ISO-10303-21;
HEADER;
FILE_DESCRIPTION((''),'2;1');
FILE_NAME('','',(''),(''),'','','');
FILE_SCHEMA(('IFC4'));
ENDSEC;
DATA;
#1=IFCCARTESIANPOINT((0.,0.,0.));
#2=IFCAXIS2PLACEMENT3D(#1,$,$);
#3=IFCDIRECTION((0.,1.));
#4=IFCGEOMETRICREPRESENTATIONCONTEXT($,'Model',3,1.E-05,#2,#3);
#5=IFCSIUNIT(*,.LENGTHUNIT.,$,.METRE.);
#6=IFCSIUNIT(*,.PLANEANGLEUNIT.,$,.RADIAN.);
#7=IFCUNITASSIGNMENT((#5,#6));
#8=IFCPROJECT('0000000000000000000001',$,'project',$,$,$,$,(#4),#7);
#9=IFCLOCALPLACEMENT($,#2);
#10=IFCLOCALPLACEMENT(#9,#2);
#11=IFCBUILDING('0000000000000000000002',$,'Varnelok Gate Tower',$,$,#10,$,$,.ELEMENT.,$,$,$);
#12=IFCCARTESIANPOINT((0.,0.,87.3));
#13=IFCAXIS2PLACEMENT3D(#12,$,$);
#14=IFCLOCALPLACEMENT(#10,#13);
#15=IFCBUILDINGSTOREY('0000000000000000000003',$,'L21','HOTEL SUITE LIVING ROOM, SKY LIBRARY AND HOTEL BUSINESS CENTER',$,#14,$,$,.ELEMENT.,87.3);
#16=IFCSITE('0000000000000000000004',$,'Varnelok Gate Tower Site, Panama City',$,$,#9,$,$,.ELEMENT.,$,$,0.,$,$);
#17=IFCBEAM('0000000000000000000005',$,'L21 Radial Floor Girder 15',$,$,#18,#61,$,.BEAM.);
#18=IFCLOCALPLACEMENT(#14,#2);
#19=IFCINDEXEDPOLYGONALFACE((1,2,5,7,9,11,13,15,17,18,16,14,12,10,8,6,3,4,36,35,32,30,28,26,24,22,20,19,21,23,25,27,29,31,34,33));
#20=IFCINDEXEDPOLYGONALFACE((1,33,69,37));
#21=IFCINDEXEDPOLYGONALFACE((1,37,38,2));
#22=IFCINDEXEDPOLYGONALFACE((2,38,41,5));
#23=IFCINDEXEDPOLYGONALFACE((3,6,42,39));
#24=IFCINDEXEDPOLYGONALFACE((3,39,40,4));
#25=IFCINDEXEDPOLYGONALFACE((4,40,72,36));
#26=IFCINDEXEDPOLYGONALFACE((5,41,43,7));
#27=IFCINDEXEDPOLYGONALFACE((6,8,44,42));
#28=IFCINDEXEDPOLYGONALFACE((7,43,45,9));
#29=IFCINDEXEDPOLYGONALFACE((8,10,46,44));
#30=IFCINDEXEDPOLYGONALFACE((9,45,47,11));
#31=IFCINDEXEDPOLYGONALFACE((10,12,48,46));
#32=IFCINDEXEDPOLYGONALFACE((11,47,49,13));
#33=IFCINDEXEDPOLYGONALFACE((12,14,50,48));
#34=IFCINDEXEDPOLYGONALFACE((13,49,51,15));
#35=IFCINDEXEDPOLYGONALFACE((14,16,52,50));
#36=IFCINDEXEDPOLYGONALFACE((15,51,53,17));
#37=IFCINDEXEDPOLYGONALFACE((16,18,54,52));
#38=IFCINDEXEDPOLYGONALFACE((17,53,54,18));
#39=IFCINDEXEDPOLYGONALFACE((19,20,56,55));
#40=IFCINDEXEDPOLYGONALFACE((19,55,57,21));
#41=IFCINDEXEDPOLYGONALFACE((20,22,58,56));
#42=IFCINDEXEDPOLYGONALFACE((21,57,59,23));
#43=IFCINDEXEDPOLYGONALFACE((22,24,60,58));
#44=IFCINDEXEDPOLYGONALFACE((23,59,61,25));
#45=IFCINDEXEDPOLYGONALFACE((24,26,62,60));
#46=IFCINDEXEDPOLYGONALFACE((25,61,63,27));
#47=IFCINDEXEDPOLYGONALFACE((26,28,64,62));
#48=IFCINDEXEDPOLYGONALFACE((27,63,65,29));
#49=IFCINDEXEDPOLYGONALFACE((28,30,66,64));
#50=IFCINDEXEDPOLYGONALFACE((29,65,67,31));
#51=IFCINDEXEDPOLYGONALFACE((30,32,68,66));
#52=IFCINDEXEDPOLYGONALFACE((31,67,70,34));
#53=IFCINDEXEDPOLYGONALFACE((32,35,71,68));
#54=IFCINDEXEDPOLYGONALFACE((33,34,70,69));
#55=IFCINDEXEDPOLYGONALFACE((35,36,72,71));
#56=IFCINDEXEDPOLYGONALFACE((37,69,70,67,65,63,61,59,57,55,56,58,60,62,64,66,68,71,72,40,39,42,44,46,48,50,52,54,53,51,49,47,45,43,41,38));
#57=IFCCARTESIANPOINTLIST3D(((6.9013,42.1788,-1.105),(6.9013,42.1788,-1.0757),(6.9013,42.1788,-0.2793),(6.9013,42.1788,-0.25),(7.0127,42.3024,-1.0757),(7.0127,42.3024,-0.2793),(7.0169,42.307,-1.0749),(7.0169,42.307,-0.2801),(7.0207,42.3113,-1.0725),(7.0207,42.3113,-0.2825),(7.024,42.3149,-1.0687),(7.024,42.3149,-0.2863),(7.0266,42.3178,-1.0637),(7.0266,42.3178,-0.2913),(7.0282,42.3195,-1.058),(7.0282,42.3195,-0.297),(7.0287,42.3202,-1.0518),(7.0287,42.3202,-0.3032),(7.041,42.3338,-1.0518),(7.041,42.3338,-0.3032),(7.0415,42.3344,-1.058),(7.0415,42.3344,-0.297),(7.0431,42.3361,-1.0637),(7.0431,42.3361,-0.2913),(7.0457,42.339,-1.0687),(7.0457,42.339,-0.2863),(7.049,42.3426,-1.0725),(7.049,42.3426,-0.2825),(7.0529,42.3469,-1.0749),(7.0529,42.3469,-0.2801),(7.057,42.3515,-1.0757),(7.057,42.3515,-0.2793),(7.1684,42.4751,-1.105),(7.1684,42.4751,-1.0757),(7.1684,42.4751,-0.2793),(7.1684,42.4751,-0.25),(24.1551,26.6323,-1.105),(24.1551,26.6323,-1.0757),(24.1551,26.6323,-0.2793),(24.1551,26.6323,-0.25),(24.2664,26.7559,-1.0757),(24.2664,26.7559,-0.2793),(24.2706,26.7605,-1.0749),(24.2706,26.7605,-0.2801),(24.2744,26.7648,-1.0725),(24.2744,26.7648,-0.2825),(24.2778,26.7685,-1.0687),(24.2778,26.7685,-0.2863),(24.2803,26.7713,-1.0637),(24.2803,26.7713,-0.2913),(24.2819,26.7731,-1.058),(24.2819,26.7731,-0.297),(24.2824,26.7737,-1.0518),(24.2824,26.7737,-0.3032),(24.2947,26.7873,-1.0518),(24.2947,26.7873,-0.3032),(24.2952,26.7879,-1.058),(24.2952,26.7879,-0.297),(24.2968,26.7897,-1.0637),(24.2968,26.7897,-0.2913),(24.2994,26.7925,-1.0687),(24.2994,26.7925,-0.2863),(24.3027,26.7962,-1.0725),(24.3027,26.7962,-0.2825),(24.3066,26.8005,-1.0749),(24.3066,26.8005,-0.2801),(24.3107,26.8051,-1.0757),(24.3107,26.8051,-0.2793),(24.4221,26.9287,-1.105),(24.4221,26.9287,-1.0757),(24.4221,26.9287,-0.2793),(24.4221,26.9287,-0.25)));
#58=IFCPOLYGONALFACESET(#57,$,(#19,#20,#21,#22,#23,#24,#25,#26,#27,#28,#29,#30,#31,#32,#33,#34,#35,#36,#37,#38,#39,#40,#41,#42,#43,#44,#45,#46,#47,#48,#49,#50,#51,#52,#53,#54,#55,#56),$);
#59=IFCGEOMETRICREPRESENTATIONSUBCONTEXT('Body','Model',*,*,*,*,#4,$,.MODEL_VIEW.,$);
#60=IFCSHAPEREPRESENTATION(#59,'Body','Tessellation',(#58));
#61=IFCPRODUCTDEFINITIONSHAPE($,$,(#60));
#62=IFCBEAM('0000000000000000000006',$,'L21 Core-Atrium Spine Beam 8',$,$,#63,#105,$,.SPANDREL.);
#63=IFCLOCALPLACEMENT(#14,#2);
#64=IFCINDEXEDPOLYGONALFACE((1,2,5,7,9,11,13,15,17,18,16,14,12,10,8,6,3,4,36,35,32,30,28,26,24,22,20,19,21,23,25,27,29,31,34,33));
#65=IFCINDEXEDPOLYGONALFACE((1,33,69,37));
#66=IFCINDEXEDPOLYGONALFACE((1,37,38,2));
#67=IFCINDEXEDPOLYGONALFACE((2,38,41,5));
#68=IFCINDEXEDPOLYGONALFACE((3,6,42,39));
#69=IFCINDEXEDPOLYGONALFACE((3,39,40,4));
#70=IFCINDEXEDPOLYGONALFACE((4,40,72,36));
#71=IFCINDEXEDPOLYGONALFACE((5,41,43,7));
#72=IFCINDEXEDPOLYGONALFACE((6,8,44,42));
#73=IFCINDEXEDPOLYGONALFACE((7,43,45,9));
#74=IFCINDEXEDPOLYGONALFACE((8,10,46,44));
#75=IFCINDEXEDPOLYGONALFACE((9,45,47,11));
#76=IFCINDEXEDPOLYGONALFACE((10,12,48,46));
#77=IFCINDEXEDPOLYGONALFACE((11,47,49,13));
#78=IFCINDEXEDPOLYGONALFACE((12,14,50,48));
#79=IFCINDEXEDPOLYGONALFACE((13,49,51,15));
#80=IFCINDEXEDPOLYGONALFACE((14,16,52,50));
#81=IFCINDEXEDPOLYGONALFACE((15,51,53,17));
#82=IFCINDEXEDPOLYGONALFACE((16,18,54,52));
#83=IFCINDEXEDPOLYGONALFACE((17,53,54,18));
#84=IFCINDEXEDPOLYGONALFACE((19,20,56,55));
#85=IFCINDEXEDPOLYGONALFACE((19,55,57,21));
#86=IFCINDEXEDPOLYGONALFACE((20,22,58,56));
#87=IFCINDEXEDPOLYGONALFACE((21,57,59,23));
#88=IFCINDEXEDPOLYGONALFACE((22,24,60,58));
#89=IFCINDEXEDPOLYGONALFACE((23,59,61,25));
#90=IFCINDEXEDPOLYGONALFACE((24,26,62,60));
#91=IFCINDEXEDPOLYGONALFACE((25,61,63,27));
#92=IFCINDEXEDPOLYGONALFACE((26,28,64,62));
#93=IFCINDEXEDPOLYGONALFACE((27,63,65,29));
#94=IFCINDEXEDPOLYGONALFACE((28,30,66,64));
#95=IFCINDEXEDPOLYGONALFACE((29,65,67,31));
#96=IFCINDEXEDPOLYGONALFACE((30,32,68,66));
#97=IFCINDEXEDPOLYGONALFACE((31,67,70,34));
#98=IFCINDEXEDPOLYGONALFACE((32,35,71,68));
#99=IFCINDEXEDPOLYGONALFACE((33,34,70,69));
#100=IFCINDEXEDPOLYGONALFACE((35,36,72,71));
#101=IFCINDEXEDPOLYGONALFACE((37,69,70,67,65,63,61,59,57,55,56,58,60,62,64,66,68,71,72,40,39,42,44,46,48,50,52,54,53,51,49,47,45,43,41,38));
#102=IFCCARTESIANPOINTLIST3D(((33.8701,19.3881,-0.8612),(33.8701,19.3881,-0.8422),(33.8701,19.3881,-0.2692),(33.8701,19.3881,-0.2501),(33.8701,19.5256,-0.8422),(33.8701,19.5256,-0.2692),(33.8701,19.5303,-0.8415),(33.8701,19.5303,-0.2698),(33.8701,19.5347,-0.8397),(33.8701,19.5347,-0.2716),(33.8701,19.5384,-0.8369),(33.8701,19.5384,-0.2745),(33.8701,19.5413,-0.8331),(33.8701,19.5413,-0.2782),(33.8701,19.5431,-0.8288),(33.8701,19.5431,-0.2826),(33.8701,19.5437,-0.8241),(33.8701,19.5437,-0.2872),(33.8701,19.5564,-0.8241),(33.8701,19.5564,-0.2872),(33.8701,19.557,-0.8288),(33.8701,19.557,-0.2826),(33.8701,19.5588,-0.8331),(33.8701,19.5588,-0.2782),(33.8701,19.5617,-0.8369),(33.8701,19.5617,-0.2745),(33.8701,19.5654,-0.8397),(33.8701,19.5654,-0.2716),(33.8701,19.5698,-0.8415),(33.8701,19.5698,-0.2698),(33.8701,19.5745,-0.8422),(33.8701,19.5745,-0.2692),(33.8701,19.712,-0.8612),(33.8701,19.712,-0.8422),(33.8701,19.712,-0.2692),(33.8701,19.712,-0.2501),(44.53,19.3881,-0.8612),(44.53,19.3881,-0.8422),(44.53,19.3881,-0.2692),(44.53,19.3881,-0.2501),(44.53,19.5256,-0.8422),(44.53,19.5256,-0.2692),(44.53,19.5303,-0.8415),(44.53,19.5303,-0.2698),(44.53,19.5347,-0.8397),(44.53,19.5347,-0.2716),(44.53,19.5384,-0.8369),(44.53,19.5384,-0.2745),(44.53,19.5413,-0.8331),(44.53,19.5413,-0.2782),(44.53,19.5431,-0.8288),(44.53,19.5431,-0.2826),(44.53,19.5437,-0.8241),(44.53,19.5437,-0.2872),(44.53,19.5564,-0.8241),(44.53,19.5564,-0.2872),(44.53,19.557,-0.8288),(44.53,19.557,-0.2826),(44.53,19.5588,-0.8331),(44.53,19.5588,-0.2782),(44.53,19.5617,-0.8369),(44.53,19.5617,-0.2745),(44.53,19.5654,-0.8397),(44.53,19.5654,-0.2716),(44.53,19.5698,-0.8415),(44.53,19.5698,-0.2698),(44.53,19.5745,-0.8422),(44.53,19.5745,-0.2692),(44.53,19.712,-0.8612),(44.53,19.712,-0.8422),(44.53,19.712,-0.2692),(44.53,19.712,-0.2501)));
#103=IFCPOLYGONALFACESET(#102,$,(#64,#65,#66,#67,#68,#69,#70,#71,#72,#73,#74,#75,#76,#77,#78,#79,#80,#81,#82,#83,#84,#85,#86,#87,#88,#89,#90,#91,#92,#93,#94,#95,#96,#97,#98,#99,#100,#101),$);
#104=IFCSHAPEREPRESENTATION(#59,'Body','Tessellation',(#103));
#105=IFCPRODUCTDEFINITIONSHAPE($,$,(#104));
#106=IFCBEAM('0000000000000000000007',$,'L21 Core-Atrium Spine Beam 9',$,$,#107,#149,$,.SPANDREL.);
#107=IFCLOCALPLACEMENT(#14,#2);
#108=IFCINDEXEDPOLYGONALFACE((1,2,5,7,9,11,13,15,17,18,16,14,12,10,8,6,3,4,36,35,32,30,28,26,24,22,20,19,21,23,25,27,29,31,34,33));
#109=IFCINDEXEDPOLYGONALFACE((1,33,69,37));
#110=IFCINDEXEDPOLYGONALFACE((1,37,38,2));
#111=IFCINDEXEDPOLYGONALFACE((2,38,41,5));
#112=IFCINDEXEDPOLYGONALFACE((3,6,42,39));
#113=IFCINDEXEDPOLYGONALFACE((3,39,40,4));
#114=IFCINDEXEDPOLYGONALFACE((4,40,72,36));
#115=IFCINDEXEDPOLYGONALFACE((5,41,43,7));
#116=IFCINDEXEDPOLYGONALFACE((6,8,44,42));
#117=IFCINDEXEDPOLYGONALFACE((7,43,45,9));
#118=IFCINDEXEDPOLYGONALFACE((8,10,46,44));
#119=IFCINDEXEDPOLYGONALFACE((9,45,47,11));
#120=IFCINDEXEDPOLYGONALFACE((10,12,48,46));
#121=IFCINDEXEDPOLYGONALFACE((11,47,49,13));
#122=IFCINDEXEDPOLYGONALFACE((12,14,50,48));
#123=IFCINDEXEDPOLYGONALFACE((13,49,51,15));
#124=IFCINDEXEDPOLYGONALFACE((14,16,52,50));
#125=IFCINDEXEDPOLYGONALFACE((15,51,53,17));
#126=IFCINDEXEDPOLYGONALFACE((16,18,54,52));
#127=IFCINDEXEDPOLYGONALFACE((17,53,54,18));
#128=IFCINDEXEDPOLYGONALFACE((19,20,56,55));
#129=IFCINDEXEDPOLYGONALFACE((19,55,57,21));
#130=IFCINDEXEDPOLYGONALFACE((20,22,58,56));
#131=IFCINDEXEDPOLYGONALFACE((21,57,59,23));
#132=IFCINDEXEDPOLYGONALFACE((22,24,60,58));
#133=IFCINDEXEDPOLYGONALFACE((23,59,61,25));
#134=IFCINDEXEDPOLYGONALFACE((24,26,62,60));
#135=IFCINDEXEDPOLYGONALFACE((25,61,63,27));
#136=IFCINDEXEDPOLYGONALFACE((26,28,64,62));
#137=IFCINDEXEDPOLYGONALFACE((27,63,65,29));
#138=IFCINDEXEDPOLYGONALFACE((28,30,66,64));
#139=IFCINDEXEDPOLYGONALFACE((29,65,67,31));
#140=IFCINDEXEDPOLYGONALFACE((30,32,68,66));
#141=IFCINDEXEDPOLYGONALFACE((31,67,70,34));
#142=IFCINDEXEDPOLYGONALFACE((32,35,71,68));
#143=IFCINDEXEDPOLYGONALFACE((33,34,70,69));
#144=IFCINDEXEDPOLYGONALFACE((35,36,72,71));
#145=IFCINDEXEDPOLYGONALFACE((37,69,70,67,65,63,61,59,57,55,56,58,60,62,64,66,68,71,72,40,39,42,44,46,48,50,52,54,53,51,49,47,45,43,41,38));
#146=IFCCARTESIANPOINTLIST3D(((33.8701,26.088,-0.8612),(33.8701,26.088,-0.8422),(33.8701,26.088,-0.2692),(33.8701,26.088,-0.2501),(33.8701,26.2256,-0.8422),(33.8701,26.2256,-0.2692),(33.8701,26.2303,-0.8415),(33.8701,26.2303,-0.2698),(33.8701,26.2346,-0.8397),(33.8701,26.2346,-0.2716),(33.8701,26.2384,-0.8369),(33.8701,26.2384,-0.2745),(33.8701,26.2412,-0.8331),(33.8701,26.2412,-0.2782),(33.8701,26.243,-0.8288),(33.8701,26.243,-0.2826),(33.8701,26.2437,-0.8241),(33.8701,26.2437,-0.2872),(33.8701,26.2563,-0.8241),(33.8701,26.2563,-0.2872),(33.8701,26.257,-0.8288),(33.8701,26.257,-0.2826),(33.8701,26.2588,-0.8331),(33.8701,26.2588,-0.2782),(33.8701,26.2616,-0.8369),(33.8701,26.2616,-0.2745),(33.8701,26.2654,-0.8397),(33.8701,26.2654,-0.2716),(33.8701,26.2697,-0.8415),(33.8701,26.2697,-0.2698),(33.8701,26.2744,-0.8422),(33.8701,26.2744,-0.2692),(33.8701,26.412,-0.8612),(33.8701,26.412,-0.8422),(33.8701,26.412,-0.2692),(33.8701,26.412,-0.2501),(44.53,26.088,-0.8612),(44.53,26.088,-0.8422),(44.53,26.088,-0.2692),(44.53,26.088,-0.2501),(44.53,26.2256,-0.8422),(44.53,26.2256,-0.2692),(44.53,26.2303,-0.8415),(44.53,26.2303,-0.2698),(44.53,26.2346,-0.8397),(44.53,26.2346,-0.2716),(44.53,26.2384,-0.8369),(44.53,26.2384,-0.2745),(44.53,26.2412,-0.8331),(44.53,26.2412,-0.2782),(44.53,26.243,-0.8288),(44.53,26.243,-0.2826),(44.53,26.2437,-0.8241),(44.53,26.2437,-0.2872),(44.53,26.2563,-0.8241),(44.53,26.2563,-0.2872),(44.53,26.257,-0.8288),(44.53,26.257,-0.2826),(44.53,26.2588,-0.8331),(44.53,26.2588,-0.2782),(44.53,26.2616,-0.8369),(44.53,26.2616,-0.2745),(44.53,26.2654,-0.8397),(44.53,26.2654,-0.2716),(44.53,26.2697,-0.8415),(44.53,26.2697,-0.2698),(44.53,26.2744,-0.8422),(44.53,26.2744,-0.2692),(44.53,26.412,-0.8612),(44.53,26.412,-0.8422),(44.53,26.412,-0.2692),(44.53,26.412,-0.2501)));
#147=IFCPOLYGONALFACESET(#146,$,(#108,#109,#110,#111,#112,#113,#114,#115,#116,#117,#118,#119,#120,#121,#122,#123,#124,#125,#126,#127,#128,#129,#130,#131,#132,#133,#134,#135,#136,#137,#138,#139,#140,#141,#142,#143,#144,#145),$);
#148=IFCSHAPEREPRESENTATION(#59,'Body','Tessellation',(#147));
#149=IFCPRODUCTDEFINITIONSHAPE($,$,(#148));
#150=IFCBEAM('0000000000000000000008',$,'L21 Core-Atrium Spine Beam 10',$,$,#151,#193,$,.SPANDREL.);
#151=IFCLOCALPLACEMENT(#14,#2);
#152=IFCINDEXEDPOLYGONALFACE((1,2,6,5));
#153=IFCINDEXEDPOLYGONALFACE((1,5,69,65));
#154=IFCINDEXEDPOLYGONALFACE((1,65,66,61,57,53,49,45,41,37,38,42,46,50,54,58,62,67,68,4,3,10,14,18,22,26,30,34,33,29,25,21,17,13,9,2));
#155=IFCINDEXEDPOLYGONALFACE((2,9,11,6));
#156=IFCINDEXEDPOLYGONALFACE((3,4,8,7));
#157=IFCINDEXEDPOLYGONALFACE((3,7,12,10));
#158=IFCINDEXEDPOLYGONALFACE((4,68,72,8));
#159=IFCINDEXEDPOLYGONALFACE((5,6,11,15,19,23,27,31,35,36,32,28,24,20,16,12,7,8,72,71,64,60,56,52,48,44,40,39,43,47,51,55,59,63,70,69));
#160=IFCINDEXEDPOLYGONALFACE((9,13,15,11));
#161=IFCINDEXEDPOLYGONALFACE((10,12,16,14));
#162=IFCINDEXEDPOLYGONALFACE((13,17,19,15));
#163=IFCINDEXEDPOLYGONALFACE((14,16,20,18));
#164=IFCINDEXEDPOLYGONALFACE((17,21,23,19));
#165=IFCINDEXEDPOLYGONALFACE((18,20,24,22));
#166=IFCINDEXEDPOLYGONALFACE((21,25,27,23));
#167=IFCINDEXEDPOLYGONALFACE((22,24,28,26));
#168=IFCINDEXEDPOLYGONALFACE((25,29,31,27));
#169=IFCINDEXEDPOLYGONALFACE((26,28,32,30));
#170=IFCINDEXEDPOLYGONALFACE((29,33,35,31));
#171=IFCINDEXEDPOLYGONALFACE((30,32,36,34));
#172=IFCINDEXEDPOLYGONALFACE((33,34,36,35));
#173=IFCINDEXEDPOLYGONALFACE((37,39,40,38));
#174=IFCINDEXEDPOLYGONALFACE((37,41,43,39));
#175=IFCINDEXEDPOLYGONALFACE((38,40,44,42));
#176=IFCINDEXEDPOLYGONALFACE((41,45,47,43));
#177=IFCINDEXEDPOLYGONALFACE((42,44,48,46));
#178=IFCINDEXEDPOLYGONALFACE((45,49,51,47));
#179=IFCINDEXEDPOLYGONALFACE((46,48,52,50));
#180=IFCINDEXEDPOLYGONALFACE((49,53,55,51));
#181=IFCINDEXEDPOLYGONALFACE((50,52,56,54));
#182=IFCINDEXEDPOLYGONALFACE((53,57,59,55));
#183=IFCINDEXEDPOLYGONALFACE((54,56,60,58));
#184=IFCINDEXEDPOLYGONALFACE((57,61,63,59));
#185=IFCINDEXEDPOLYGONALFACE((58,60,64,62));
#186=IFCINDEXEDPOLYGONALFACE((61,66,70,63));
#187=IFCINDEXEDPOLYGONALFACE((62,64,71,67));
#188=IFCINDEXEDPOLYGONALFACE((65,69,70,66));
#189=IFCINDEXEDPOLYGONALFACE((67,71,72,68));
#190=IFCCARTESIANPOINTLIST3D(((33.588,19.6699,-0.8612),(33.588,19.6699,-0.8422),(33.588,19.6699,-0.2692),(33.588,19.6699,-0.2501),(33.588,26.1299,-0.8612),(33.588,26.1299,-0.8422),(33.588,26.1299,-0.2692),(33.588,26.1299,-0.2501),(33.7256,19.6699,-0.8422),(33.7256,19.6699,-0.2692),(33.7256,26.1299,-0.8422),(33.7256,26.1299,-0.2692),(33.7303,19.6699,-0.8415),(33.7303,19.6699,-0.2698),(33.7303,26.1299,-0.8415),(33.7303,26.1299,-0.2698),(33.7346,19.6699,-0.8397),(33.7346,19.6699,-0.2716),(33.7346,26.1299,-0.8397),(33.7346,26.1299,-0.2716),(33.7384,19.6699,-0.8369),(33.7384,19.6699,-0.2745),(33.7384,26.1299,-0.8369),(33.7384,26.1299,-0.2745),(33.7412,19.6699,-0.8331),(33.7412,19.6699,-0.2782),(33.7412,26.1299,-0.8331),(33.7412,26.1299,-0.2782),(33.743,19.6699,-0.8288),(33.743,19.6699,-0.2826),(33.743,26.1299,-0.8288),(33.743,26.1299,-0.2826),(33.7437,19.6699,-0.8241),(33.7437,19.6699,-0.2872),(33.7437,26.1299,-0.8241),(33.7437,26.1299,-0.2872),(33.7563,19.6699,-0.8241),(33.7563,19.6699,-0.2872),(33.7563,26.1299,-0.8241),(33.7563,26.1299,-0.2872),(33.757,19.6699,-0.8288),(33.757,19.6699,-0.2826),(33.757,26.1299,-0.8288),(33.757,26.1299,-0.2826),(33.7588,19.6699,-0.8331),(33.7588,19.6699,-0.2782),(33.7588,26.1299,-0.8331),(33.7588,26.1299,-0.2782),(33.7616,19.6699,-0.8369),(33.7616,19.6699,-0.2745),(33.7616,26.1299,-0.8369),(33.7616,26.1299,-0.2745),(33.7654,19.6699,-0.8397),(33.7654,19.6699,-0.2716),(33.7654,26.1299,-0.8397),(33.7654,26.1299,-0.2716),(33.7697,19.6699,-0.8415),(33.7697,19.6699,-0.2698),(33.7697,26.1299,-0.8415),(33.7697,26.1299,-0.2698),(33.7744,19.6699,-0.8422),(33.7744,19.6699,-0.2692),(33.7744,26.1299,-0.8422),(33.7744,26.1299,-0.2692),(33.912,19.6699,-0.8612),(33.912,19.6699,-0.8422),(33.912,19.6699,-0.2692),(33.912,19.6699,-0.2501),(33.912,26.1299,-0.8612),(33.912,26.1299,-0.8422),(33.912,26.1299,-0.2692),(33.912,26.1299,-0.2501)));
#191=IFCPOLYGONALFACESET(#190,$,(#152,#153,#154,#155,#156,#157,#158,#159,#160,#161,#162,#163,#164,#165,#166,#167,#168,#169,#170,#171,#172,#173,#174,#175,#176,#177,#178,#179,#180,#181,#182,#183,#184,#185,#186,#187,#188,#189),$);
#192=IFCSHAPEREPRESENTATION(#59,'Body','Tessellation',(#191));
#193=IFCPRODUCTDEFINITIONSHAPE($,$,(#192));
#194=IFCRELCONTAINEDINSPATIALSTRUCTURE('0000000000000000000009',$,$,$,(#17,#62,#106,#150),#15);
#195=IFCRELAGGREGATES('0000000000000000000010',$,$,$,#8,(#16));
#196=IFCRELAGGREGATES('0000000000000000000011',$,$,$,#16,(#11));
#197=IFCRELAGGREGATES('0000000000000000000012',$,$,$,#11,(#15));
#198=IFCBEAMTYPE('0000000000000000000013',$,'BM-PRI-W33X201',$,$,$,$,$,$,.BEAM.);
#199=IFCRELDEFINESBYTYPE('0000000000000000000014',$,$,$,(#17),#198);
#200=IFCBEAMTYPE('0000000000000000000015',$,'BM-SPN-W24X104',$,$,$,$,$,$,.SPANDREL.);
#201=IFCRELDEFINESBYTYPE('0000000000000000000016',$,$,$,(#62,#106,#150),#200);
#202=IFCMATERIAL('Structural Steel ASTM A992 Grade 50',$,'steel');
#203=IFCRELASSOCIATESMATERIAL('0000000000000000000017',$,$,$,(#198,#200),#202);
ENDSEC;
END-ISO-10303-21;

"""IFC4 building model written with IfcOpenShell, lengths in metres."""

from ifc_helpers import new_model, si_unit, direction, frame, origin, origin_2d, place, context, subcontext, project, spatial, i_section, extrude, material, material_profile, profile_set, type_object, element, save


model = new_model("IFC4")

# Units and contexts
model_context = context("Model", 3, precision=1e-05, world=origin(), true_north=direction((0.0, 1.0)))
body_context = subcontext(model_context, "Body", "Model", "MODEL_VIEW")
ifc_project = project(units=[si_unit("LENGTHUNIT", "METRE"), si_unit("PLANEANGLEUNIT", "RADIAN")], contexts=[model_context])

# Site, building, storey
site_placement = place(None, origin())
site = spatial("IfcSite", under=ifc_project, at=site_placement, Name="Varnelok Gate Tower Site, Panama City", CompositionType="ELEMENT", RefElevation=0.0)
building_placement = place(site_placement, origin())
building = spatial("IfcBuilding", under=site, at=building_placement, Name="Varnelok Gate Tower", CompositionType="ELEMENT")
storey_placement = place(building_placement, frame((0.0, 0.0, 87.3)))
storey = spatial("IfcBuildingStorey", under=building, at=storey_placement, Name="L21", Description="HOTEL SUITE LIVING ROOM, SKY LIBRARY AND HOTEL BUSINESS CENTER", CompositionType="ELEMENT", Elevation=87.3)

# Shared definitions
ifc_material_1 = material(Name="Structural Steel ASTM A992 Grade 50", Category="steel")

# Beams
ifc_material_profile_1 = material_profile(ifc_material_1, i_section(OverallWidth=0.3989, OverallDepth=0.855, WebThickness=0.0183, FlangeThickness=0.0293, FilletRadius=0.0239, at=origin_2d()), Name="W33X201")
ifc_profile_set_1 = profile_set([ifc_material_profile_1], Name="Structural Steel ASTM A992 Grade 50")
beam_type_1 = type_object("IfcBeamType", Name="BM-PRI-W33X201", PredefinedType="BEAM", material=ifc_profile_set_1)
beam_1_placement = place(storey_placement, frame((24.2886, 26.7805, -0.6775), z_axis=(-0.742907, 0.669395, 0.0), x_axis=(-0.669395, -0.742907, 0.0)))
element("IfcBeam", 1, at=beam_1_placement, inside=storey, type_object=beam_type_1, Name="L21 Radial Floor Girder 15", PredefinedType="BEAM", context=body_context, shape_type="SweptSolid", body=[
    extrude(i_section(OverallWidth=0.3989, OverallDepth=0.855, WebThickness=0.0183, FlangeThickness=0.0293, FilletRadius=0.0239, at=origin_2d()), origin(), (0.0, 0.0, 1.0), 23.2246),
])
ifc_material_profile_2 = material_profile(ifc_material_1, i_section(OverallWidth=0.324, OverallDepth=0.6111, WebThickness=0.0127, FlangeThickness=0.019, FilletRadius=0.0181, at=origin_2d()), Name="W24X104")
ifc_profile_set_2 = profile_set([ifc_material_profile_2], Name="Structural Steel ASTM A992 Grade 50")
beam_type_2 = type_object("IfcBeamType", Name="BM-SPN-W24X104", PredefinedType="SPANDREL", material=ifc_profile_set_2)
for number, where, z_axis, x_axis, name in (
    (2, (33.8701, 19.55, -0.5557), (1.0, 0.0, 0.0), (0.0, 1.0, 0.0), "L21 Core-Atrium Spine Beam 8"),
    (3, (33.8701, 26.25, -0.5557), (1.0, 0.0, 0.0), (0.0, 1.0, 0.0), "L21 Core-Atrium Spine Beam 9"),
):
    element("IfcBeam", number, at=place(storey_placement, frame(where, z_axis=z_axis, x_axis=x_axis)), inside=storey, type_object=beam_type_2, Name=name, PredefinedType="SPANDREL", context=body_context, shape_type="SweptSolid", body=[
        extrude(i_section(OverallWidth=0.324, OverallDepth=0.6111, WebThickness=0.0127, FlangeThickness=0.019, FilletRadius=0.0181, at=origin_2d()), origin(), (0.0, 0.0, 1.0), 10.6599),
    ])
beam_2_placement = place(storey_placement, frame((33.75, 19.6699, -0.5557), z_axis=(0.0, 1.0, 0.0), x_axis=(-1.0, 0.0, 0.0)))
element("IfcBeam", 4, at=beam_2_placement, inside=storey, type_object=beam_type_2, Name="L21 Core-Atrium Spine Beam 10", PredefinedType="SPANDREL", context=body_context, shape_type="SweptSolid", body=[
    extrude(i_section(OverallWidth=0.324, OverallDepth=0.6111, WebThickness=0.0127, FlangeThickness=0.019, FilletRadius=0.0181, at=origin_2d()), origin(), (0.0, 0.0, 1.0), 6.46),
])

save(model, "model.ifc")
